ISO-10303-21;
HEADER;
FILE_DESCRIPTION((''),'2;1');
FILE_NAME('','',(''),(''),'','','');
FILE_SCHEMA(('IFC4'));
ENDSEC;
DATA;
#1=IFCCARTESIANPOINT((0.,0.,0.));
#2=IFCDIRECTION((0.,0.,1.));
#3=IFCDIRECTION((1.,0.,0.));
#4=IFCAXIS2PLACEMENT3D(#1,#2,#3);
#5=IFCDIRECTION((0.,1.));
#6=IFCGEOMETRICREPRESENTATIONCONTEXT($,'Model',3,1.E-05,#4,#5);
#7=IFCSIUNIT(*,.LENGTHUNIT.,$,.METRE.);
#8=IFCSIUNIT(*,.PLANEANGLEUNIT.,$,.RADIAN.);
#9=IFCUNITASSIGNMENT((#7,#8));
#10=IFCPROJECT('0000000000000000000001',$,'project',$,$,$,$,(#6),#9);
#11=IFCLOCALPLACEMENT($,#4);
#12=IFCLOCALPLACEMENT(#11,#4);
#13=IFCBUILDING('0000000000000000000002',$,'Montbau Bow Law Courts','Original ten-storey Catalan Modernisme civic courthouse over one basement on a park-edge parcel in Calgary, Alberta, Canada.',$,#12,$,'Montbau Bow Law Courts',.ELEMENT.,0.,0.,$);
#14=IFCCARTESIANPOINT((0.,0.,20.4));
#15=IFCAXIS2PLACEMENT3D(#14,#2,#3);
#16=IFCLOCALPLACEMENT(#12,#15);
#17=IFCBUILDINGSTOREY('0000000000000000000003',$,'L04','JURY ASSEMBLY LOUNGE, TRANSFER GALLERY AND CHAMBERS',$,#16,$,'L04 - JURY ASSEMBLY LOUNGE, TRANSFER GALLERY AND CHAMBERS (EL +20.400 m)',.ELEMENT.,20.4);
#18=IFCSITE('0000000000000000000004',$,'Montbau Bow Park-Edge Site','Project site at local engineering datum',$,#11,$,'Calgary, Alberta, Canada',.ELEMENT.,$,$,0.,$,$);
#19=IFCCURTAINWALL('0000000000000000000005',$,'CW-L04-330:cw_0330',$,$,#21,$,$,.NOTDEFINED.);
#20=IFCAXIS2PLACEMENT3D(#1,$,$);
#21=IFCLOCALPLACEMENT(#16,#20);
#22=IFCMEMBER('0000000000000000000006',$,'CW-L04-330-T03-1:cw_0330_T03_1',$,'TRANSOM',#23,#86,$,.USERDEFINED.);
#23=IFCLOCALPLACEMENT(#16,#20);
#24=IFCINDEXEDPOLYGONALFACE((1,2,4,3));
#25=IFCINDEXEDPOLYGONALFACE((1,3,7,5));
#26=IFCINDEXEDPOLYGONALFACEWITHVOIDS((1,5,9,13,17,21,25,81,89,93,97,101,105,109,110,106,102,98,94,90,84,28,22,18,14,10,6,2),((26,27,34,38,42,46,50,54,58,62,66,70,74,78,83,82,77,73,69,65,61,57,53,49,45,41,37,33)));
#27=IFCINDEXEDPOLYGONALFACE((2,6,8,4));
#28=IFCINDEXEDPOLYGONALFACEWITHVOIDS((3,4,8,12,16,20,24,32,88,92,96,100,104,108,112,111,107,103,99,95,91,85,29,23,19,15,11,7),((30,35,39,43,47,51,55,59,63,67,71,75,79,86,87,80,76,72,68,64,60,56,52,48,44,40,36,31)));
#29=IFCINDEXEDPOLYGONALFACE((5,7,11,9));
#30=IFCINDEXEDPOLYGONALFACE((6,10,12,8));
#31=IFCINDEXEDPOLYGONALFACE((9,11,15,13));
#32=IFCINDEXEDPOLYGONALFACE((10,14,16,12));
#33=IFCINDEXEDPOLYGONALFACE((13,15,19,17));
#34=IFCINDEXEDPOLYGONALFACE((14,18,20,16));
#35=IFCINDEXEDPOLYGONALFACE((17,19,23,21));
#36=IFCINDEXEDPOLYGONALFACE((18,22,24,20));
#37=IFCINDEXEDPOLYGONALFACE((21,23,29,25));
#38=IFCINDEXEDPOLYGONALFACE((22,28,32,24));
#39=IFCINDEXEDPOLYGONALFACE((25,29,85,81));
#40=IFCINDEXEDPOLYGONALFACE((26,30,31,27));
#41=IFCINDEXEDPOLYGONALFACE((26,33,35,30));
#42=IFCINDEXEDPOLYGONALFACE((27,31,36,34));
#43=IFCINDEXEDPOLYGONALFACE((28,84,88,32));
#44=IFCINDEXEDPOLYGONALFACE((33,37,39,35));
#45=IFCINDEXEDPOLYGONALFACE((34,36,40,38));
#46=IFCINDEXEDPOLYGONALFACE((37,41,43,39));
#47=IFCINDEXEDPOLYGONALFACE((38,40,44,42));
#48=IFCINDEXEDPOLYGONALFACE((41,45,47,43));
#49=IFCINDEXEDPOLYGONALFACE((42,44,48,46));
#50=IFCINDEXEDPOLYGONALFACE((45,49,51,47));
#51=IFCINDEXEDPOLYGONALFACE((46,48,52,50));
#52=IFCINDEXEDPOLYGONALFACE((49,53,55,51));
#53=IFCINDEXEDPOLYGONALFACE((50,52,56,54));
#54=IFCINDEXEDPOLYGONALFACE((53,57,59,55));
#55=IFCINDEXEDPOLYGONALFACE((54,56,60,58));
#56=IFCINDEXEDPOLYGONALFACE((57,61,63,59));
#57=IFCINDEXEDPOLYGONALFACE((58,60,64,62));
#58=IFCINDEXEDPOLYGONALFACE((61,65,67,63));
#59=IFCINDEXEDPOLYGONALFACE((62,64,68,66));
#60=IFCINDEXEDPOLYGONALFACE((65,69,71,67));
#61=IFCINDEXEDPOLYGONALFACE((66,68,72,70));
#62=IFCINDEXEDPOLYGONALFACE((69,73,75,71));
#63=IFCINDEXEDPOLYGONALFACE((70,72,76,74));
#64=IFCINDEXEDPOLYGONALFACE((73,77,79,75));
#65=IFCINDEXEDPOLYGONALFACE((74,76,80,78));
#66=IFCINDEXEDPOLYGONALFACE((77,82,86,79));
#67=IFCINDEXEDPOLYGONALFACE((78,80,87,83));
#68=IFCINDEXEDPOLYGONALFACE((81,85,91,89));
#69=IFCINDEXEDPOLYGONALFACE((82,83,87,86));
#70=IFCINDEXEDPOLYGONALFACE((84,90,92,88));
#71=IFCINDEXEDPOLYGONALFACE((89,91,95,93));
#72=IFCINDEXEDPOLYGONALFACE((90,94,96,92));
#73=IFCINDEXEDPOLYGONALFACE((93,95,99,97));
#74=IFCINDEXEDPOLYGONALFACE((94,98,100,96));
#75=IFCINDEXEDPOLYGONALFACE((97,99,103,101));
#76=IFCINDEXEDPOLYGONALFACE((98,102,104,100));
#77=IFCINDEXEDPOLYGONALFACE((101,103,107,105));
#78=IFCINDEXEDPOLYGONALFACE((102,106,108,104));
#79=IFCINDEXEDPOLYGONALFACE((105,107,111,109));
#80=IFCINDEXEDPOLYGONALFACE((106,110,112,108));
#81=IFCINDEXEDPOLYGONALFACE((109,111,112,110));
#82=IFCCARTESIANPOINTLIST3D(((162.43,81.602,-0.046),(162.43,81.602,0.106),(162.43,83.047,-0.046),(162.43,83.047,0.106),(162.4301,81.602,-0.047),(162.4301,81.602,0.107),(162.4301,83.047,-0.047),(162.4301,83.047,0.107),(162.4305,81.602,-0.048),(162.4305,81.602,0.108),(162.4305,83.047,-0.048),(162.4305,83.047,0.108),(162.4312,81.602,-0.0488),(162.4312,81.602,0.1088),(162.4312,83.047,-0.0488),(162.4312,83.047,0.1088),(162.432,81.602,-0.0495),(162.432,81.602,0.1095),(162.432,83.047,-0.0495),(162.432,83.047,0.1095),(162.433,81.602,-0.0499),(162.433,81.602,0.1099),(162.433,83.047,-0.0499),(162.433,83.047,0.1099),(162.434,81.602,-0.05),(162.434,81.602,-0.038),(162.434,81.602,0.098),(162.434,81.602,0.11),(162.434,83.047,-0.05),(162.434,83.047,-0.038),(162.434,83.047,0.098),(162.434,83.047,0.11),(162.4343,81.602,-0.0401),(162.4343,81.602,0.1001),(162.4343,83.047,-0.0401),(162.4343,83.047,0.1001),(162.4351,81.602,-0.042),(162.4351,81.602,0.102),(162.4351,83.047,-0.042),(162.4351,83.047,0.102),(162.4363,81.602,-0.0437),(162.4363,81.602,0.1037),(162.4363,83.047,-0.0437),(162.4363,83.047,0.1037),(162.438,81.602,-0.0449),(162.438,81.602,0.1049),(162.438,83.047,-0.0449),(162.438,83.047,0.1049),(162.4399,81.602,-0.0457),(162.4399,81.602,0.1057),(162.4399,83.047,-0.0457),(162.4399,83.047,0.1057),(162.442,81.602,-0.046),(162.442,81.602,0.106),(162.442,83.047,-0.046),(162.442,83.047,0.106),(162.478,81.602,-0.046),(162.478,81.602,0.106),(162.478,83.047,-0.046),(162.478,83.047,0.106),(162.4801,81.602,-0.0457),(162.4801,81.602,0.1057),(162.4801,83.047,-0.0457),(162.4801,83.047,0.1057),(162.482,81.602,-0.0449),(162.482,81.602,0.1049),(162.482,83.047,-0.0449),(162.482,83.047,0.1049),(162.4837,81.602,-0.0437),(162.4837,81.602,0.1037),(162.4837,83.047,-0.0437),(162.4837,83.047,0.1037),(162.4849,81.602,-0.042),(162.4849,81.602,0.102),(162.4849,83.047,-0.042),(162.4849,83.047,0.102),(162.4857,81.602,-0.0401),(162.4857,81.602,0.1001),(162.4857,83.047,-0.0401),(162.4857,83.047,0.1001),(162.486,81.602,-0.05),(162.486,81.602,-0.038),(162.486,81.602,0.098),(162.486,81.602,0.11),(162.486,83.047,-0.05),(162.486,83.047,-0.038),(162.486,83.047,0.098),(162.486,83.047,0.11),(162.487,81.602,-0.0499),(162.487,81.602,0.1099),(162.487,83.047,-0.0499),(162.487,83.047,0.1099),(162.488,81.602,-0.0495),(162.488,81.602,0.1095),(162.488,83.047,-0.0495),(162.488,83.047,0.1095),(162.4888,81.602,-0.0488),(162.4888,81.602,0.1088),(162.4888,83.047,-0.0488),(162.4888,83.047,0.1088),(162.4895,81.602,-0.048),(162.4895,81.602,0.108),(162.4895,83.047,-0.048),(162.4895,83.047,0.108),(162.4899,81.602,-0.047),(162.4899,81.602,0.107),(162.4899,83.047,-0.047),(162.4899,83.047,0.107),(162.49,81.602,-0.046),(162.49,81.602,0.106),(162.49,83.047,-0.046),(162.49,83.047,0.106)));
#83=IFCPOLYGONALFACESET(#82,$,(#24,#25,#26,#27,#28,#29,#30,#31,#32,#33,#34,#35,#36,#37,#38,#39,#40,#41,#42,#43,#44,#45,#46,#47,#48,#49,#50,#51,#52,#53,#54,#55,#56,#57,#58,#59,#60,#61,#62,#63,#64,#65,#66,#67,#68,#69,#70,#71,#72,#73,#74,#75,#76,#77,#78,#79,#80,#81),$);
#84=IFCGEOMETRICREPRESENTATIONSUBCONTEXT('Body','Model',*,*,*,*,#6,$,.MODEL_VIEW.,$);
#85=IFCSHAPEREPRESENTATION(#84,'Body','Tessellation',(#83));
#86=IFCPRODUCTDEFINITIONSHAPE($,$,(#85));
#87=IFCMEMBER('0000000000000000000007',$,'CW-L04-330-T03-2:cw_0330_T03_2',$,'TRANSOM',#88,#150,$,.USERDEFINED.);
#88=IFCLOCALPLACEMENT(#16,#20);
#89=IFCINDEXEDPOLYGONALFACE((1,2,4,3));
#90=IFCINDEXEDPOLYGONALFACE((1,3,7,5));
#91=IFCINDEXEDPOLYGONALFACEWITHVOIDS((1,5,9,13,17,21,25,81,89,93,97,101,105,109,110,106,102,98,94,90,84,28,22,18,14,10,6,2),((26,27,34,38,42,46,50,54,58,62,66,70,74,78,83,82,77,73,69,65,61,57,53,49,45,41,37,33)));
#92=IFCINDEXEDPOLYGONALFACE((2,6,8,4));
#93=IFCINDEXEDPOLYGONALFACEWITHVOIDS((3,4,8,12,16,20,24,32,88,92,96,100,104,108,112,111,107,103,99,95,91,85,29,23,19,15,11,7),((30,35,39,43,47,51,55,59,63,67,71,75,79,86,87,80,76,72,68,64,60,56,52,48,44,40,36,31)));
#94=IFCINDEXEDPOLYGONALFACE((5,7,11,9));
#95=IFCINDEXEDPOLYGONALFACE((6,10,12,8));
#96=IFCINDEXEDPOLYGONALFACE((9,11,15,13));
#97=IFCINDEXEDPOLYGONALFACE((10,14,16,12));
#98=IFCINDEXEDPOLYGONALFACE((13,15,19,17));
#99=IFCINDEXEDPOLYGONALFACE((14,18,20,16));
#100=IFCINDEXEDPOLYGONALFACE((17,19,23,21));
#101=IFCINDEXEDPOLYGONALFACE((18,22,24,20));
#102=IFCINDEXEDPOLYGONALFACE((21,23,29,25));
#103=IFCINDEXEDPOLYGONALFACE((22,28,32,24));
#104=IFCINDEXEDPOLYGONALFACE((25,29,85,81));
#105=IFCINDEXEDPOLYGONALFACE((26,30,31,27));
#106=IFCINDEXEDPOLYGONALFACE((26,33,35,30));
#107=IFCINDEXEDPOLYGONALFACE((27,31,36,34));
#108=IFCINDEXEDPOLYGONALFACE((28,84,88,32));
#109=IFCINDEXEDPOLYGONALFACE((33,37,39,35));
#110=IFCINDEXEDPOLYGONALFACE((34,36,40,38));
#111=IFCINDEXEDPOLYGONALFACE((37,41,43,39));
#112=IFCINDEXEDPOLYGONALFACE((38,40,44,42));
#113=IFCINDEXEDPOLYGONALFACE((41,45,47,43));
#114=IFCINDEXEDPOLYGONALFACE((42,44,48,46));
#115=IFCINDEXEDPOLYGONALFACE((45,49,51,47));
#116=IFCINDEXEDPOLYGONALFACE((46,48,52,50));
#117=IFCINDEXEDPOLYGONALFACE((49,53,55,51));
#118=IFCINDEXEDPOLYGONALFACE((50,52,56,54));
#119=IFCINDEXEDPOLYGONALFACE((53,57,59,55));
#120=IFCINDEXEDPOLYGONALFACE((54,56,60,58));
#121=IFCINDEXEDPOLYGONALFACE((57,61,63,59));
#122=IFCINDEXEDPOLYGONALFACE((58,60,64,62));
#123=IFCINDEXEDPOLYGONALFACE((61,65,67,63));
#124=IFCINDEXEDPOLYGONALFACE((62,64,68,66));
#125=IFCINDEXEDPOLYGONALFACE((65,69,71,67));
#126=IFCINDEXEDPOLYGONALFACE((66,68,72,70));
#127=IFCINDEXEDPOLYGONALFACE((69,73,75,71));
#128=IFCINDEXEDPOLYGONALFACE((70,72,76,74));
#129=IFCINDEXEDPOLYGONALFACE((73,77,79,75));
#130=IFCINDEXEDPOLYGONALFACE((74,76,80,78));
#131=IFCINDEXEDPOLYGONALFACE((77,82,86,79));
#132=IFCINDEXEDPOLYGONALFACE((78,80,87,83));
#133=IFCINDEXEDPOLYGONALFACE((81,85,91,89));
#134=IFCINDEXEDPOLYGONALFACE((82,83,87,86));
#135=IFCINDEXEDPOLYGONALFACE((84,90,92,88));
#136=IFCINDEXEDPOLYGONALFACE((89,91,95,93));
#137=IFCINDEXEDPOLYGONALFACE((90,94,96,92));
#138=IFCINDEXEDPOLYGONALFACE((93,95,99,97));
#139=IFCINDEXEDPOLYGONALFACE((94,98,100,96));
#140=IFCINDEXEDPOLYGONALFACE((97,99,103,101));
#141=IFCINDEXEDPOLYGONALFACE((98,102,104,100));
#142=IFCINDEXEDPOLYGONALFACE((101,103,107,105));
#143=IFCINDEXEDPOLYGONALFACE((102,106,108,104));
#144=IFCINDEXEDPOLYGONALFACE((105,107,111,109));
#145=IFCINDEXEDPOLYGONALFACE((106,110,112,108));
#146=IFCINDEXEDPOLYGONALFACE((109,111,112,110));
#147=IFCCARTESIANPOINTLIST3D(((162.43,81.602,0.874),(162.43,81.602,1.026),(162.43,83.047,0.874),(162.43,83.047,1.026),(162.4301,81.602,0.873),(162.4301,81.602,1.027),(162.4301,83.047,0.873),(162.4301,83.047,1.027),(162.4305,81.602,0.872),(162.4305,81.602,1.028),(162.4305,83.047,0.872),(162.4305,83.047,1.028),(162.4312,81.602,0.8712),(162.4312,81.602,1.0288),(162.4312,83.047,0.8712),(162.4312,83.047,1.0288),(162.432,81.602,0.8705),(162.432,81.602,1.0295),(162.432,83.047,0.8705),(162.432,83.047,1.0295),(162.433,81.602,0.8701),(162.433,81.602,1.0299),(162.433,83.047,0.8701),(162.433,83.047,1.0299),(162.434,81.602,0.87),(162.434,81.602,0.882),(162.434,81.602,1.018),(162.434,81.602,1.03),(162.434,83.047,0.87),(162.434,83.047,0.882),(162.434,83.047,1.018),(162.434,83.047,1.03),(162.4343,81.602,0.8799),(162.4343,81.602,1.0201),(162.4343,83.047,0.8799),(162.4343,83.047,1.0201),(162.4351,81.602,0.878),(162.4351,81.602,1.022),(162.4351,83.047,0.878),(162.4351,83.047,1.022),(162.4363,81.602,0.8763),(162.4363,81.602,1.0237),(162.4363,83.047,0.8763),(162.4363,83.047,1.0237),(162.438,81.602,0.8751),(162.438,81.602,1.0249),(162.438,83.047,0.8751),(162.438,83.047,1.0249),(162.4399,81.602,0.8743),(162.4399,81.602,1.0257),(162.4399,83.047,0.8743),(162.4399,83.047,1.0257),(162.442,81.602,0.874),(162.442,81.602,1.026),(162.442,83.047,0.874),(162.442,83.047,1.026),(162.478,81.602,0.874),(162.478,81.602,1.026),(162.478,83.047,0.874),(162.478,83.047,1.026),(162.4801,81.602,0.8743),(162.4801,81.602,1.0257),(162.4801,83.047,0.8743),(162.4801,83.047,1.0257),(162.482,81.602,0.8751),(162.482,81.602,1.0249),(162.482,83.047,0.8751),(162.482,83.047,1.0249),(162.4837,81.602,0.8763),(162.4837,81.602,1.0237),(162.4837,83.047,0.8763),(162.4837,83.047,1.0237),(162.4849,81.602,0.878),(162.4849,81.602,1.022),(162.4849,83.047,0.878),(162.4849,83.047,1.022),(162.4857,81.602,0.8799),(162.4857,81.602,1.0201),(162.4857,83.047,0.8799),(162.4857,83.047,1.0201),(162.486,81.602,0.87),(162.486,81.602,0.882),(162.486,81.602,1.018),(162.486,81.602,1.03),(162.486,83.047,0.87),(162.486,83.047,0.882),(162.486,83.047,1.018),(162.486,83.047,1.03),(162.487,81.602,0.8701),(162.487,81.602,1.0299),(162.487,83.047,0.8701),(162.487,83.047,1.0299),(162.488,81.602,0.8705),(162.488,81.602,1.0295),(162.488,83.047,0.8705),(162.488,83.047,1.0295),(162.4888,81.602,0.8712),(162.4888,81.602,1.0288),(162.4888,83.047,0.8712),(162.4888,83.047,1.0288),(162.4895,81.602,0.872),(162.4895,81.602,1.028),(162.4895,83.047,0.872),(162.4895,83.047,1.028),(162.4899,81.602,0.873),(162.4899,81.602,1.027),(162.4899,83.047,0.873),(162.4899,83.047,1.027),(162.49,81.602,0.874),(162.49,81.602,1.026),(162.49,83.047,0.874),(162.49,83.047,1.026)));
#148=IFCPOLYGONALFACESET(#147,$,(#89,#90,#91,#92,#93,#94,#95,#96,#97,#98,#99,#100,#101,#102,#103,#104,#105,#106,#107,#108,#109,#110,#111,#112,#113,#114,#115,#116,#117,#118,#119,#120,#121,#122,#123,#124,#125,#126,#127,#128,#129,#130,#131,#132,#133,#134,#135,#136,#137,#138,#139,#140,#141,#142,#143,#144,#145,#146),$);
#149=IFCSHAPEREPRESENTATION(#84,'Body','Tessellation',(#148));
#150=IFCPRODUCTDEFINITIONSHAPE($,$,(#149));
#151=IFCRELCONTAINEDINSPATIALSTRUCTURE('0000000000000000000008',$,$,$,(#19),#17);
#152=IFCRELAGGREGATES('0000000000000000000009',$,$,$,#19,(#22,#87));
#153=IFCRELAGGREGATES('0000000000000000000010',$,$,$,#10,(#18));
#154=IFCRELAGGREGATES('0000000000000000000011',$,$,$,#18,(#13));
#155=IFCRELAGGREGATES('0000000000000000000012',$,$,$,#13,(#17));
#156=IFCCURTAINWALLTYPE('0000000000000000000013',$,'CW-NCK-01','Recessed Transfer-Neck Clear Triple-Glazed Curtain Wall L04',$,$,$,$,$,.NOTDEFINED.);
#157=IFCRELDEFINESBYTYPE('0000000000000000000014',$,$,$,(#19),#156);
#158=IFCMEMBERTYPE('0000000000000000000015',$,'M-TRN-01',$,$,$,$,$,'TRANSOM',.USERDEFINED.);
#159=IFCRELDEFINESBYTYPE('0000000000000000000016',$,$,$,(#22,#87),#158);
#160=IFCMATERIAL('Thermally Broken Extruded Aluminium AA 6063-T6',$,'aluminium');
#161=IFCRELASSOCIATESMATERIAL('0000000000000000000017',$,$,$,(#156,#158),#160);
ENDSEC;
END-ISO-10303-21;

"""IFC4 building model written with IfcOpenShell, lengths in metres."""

from ifc_helpers import new_model, si_unit, direction, frame, origin_with_axes, origin_2d_with_axis, place, context, subcontext, project, spatial, hollow_rectangle, extrude, material, material_profile, profile_set, type_object, element, aggregate, save


model = new_model("IFC4")

# Units and contexts
model_context = context("Model", 3, precision=1e-05, world=origin_with_axes(), true_north=direction((0.0, 1.0)))
body_context = subcontext(model_context, "Body", "Model", "MODEL_VIEW")
ifc_project = project(units=[si_unit("LENGTHUNIT", "METRE"), si_unit("PLANEANGLEUNIT", "RADIAN")], contexts=[model_context])

# Site, building, storey
site_placement = place(None, origin_with_axes())
site = spatial("IfcSite", under=ifc_project, at=site_placement, Name="Montbau Bow Park-Edge Site", Description="Project site at local engineering datum", LongName="Calgary, Alberta, Canada", CompositionType="ELEMENT", RefElevation=0.0)
building_placement = place(site_placement, origin_with_axes())
building = spatial("IfcBuilding", under=site, at=building_placement, Name="Montbau Bow Law Courts", Description="Original ten-storey Catalan Modernisme civic courthouse over one basement on a park-edge parcel in Calgary, Alberta, Canada.", LongName="Montbau Bow Law Courts", CompositionType="ELEMENT", ElevationOfRefHeight=0.0, ElevationOfTerrain=0.0)
storey_placement = place(building_placement, frame((0.0, 0.0, 20.4), z_axis=(0.0, 0.0, 1.0), x_axis=(1.0, 0.0, 0.0)))
storey = spatial("IfcBuildingStorey", under=building, at=storey_placement, Name="L04", Description="JURY ASSEMBLY LOUNGE, TRANSFER GALLERY AND CHAMBERS", LongName="L04 - JURY ASSEMBLY LOUNGE, TRANSFER GALLERY AND CHAMBERS (EL +20.400 m)", CompositionType="ELEMENT", Elevation=20.4)

# Curtain wall, members
ifc_material_1 = material(Name="Thermally Broken Extruded Aluminium AA 6063-T6", Category="aluminium")
curtain_wall_type = type_object("IfcCurtainWallType", Name="CW-NCK-01", Description="Recessed Transfer-Neck Clear Triple-Glazed Curtain Wall L04", PredefinedType="NOTDEFINED", material=ifc_material_1)
curtain_wall_placement = place(None, frame((162.46, 78.515, 20.4), z_axis=(0.0, 0.0, 1.0), x_axis=(1.0, 0.0, 0.0)))
curtain_wall = element("IfcCurtainWall", 1, at=curtain_wall_placement, inside=storey, type_object=curtain_wall_type, Name="CW-L04-330:cw_0330", PredefinedType="NOTDEFINED")
ifc_material_profile_1 = material_profile(ifc_material_1, hollow_rectangle(XDim=0.06, YDim=0.16, WallThickness=0.004, InnerFilletRadius=0.008, OuterFilletRadius=0.004, at=origin_2d_with_axis()), Name="CWT-160X60", Category="Main", Priority=0)
ifc_profile_set_1 = profile_set([ifc_material_profile_1], Name="Thermally Broken Extruded Aluminium AA 6063-T6")
member_type_1 = type_object("IfcMemberType", Name="M-TRN-01", ElementType="TRANSOM", PredefinedType="USERDEFINED", material=ifc_profile_set_1)
member_1_placement = place(None, frame((162.46, 81.602, 20.43), z_axis=(0.0, 1.0, 0.0), x_axis=(-1.0, 0.0, 0.0)))
member_1 = element("IfcMember", 2, at=member_1_placement, type_object=member_type_1, Name="CW-L04-330-T03-1:cw_0330_T03_1", ObjectType="TRANSOM", PredefinedType="USERDEFINED", context=body_context, shape_type="SweptSolid", body=[
    extrude(hollow_rectangle(XDim=0.06, YDim=0.16, WallThickness=0.004, InnerFilletRadius=0.008, OuterFilletRadius=0.004, at=origin_2d_with_axis()), origin_with_axes(), (0.0, 0.0, 1.0), 1.445),
])
member_2_placement = place(None, frame((162.46, 81.602, 21.35), z_axis=(0.0, 1.0, 0.0), x_axis=(-1.0, 0.0, 0.0)))
member_2 = element("IfcMember", 3, at=member_2_placement, type_object=member_type_1, Name="CW-L04-330-T03-2:cw_0330_T03_2", ObjectType="TRANSOM", PredefinedType="USERDEFINED", context=body_context, shape_type="SweptSolid", body=[
    extrude(hollow_rectangle(XDim=0.06, YDim=0.16, WallThickness=0.004, InnerFilletRadius=0.008, OuterFilletRadius=0.004, at=origin_2d_with_axis()), origin_with_axes(), (0.0, 0.0, 1.0), 1.445),
])
aggregate(curtain_wall, [member_1, member_2])

save(model, "model.ifc")
